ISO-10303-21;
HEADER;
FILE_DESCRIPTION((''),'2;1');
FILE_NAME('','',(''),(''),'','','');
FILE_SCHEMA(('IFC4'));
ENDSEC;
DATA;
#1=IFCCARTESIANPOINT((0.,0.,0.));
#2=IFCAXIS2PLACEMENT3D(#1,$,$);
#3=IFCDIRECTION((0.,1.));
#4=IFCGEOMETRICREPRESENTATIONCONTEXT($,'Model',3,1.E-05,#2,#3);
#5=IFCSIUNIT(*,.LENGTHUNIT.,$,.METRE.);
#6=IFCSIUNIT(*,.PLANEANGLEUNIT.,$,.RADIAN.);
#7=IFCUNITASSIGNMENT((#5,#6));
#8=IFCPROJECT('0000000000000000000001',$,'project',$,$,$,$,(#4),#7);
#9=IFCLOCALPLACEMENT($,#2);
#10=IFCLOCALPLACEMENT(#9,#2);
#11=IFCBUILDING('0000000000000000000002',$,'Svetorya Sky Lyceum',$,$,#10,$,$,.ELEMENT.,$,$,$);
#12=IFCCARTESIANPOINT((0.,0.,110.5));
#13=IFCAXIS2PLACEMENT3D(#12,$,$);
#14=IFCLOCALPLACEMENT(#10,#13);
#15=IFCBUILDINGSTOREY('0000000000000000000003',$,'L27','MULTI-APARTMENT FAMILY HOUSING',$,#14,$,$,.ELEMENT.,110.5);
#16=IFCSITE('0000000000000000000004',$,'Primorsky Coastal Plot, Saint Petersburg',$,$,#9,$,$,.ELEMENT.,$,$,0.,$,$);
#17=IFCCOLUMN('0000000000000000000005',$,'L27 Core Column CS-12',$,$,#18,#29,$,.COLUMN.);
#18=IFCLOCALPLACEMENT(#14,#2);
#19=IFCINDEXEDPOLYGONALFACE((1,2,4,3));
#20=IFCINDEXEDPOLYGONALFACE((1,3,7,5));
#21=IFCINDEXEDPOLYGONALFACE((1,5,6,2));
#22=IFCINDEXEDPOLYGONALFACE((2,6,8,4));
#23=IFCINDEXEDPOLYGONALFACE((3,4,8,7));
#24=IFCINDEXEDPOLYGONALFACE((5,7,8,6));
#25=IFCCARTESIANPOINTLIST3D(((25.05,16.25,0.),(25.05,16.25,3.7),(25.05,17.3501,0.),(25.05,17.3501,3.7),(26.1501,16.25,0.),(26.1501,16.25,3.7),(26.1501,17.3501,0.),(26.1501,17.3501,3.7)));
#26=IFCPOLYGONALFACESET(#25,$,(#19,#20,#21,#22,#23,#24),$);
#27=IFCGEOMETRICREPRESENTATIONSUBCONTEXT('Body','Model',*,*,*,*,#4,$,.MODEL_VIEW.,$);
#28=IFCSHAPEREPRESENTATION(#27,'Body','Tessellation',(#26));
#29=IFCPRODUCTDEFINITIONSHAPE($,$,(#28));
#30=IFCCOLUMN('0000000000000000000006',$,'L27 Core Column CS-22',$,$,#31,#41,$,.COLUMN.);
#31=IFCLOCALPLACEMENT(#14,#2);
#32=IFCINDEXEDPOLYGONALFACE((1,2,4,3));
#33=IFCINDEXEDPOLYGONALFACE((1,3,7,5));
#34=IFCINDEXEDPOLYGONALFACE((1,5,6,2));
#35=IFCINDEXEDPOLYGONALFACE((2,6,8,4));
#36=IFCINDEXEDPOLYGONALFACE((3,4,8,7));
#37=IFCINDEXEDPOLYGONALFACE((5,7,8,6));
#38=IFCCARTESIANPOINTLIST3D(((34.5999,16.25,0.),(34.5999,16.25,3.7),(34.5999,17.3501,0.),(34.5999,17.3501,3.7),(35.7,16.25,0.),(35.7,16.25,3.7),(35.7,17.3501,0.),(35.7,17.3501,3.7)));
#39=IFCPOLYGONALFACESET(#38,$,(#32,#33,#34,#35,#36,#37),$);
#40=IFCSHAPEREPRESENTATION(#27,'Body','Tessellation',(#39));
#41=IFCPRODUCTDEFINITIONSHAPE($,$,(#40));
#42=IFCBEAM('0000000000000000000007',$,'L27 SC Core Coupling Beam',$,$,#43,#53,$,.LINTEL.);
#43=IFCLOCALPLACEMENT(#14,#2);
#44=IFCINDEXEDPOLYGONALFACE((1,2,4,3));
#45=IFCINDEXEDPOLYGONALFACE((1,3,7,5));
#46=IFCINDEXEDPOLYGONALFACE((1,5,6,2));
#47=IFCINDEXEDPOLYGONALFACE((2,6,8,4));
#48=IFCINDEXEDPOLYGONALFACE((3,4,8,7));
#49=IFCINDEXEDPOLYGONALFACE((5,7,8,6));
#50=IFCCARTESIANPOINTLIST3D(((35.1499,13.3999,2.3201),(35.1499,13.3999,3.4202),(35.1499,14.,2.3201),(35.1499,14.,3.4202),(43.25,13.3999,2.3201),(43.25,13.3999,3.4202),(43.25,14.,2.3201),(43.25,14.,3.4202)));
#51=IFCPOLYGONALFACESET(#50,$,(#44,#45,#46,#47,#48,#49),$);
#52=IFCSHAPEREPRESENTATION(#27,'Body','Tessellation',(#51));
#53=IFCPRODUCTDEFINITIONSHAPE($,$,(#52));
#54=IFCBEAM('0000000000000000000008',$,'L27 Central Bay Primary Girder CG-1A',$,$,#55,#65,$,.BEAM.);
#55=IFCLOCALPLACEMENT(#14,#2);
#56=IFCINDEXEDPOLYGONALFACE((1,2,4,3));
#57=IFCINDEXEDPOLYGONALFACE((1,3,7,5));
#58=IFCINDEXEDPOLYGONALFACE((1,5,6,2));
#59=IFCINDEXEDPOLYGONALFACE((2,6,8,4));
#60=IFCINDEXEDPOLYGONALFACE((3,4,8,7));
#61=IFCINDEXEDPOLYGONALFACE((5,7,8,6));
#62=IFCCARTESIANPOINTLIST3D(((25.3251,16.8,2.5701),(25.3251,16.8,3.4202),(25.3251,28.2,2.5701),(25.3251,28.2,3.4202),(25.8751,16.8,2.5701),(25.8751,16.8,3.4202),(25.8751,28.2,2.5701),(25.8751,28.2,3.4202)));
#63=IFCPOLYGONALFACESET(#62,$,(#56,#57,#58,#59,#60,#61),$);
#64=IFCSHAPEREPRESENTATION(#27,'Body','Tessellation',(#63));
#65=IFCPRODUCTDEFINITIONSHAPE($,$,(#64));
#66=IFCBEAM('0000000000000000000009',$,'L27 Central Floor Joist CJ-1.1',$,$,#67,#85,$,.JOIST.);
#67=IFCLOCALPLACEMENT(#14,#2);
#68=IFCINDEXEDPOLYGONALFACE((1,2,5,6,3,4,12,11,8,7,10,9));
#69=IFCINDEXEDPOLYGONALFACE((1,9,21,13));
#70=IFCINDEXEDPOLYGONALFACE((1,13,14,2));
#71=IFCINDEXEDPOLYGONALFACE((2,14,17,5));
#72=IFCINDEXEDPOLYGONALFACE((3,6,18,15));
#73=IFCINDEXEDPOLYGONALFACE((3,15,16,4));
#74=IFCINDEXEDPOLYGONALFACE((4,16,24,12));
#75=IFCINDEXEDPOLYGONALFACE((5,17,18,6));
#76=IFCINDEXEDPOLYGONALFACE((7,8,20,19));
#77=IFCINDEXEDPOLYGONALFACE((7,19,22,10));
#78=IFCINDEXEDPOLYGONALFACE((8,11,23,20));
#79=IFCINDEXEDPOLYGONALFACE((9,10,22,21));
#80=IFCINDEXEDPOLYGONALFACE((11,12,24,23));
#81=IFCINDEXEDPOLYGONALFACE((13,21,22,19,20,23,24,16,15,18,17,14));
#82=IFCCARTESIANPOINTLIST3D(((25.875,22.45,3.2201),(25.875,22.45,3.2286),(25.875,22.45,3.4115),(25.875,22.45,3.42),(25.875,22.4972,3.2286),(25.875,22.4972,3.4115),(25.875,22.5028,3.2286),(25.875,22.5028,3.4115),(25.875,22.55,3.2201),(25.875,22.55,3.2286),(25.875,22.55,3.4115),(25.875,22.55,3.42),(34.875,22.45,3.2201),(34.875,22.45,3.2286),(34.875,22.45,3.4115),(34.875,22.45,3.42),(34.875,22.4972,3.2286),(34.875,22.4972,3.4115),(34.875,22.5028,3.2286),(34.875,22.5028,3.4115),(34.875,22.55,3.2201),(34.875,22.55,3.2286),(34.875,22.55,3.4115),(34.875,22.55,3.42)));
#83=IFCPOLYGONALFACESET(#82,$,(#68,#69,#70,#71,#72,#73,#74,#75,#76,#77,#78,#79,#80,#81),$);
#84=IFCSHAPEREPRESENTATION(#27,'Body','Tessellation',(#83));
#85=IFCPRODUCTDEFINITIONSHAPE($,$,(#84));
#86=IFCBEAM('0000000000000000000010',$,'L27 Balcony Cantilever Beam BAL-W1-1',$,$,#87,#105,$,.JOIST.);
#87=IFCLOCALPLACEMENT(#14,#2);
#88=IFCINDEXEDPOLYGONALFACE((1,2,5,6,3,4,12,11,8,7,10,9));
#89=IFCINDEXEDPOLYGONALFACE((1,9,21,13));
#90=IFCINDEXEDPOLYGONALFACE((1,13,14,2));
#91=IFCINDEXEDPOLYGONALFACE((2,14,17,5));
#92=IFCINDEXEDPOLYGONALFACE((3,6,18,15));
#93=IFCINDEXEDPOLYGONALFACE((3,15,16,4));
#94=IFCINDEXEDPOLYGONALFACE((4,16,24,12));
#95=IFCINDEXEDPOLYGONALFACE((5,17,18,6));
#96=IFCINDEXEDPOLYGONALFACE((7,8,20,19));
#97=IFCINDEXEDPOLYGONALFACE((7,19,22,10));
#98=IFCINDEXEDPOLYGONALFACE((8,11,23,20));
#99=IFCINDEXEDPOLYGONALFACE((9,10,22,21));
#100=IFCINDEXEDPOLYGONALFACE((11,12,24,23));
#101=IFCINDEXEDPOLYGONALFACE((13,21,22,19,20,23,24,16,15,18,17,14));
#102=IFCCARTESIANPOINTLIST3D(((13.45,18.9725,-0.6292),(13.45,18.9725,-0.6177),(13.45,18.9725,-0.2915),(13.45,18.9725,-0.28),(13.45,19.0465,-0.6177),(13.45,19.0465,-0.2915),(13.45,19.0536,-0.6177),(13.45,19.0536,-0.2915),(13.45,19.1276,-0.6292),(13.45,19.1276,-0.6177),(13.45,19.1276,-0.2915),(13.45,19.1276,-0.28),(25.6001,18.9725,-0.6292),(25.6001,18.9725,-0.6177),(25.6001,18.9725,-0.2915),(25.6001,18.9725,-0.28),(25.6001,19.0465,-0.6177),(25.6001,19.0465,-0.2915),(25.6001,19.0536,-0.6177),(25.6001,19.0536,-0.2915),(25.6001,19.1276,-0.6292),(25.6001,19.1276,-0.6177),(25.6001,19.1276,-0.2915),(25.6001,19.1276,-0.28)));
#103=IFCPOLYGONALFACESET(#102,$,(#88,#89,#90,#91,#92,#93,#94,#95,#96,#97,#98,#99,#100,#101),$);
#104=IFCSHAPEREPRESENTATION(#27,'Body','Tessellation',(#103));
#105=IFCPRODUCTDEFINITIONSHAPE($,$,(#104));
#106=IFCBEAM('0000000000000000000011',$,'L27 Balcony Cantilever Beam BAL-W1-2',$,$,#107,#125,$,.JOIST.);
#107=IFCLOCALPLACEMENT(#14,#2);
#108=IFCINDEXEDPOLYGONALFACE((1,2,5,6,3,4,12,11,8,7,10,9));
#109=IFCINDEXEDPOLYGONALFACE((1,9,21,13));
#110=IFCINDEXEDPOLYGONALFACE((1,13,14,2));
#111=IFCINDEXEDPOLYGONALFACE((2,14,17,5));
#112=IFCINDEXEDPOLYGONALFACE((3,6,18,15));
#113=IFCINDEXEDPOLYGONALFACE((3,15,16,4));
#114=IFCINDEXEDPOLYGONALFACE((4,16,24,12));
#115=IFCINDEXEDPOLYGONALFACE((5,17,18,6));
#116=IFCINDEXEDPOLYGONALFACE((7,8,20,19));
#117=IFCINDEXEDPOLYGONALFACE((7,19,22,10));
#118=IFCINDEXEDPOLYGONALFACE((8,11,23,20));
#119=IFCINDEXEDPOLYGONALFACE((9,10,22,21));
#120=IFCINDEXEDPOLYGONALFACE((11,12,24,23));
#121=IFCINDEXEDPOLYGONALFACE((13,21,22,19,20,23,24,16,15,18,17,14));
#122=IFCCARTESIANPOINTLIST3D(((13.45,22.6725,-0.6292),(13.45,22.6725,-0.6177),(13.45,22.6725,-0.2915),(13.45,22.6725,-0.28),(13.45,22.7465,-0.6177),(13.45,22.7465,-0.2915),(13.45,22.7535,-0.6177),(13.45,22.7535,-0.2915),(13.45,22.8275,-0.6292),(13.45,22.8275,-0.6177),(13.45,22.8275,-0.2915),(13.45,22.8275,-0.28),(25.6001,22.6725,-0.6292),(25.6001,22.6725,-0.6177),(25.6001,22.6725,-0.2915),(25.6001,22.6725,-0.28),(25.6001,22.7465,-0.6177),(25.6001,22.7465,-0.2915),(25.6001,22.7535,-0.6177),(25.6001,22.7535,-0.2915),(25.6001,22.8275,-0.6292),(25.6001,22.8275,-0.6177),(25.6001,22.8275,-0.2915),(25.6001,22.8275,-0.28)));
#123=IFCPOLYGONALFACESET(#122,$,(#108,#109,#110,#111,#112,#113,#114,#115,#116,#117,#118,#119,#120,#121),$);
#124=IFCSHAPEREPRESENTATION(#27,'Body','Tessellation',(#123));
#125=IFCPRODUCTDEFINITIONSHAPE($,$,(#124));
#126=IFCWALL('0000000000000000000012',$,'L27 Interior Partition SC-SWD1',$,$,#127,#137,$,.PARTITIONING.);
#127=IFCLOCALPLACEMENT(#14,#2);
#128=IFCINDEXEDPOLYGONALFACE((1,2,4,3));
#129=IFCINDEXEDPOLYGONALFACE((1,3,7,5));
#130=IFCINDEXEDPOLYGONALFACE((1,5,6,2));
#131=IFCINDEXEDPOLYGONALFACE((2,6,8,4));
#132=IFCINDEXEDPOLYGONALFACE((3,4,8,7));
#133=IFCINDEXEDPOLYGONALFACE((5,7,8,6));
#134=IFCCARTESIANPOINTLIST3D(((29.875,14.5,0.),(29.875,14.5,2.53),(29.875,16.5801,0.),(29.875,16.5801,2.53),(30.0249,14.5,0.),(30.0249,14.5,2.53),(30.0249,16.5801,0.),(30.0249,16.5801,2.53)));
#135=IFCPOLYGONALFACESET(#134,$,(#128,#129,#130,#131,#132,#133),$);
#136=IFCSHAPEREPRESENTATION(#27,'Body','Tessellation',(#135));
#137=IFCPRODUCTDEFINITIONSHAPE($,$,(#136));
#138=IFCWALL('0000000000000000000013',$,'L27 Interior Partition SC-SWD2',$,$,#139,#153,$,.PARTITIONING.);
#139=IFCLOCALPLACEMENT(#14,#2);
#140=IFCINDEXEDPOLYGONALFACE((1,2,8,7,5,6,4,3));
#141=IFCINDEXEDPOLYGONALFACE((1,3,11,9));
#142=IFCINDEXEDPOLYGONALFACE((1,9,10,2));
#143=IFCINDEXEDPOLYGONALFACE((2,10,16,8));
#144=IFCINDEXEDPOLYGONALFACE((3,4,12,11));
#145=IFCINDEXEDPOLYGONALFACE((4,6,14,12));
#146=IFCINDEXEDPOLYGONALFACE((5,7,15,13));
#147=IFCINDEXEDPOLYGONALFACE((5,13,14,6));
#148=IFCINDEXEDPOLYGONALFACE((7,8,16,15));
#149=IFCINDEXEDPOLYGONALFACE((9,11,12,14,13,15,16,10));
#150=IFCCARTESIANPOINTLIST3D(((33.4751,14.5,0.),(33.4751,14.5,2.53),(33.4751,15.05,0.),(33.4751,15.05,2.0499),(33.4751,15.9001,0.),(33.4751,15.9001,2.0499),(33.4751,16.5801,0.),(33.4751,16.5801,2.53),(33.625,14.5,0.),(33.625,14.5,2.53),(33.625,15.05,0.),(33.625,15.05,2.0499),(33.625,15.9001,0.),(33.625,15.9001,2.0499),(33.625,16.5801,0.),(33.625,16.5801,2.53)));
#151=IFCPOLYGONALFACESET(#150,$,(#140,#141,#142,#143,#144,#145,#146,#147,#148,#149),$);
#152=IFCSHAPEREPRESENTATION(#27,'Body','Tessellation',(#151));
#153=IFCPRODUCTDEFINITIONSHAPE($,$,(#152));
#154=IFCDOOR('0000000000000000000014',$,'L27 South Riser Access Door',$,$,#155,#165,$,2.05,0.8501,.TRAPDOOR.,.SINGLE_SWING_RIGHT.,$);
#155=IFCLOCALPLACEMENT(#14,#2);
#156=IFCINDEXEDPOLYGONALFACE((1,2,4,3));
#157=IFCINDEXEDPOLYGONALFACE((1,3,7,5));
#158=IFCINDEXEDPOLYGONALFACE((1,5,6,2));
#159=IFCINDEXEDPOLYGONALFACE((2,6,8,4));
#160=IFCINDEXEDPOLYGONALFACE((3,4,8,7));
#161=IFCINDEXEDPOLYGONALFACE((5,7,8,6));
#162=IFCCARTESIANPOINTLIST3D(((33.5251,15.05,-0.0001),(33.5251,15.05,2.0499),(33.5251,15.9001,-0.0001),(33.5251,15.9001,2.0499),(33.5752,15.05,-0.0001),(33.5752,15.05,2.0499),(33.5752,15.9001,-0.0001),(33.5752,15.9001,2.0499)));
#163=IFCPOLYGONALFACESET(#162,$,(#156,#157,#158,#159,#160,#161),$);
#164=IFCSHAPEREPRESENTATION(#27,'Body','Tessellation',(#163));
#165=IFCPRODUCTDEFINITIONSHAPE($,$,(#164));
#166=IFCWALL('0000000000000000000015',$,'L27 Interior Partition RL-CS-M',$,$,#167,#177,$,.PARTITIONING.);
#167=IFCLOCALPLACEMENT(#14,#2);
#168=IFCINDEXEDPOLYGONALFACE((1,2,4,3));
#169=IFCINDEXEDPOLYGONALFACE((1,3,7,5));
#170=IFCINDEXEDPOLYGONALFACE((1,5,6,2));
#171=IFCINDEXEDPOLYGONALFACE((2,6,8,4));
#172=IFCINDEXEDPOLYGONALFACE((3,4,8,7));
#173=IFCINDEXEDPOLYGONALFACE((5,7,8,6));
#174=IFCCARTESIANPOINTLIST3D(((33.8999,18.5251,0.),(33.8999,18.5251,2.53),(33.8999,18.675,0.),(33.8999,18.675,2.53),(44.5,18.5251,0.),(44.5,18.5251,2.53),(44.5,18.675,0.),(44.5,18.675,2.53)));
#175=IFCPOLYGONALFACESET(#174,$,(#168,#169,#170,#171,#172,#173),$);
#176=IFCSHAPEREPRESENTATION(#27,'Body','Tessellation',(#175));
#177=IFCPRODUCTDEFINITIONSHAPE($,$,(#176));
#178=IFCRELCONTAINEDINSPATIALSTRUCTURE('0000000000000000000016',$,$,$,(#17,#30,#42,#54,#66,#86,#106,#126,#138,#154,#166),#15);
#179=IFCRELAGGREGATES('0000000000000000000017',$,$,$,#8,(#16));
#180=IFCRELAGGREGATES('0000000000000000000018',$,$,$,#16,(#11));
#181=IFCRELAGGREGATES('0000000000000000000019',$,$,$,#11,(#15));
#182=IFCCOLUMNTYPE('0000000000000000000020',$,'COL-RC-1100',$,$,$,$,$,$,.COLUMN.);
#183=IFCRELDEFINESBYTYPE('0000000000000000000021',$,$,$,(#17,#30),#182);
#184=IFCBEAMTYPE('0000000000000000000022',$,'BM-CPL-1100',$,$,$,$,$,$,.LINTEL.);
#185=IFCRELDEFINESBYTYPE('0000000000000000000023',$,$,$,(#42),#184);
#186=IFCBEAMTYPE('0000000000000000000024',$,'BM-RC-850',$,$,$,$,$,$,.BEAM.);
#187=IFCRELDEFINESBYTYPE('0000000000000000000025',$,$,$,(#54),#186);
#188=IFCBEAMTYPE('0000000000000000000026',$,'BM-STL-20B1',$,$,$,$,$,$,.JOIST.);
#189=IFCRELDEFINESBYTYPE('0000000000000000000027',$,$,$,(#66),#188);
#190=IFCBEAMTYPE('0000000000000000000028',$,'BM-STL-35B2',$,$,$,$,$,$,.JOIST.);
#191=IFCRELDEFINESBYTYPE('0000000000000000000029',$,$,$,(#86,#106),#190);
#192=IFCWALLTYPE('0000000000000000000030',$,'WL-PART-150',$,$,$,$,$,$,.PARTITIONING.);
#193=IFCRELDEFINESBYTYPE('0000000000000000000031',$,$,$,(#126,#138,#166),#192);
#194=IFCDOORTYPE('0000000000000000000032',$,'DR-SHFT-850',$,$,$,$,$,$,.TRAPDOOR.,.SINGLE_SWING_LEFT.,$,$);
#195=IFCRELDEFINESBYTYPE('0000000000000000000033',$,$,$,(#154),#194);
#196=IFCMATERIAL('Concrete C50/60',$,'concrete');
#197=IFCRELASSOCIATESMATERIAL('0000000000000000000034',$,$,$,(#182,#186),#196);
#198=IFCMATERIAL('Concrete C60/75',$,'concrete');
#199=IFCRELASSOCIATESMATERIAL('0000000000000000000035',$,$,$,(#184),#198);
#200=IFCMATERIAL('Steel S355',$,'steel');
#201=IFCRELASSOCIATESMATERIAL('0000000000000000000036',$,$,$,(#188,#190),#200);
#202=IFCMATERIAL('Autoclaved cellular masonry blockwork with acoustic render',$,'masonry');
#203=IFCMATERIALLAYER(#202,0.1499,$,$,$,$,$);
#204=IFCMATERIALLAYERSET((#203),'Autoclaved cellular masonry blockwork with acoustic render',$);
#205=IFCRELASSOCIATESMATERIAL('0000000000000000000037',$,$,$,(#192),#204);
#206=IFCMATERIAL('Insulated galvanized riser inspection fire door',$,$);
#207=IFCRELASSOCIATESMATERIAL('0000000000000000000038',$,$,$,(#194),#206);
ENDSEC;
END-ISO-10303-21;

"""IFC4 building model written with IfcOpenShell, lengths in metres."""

from ifc_helpers import new_model, si_unit, direction, frame, frame_2d, origin, origin_2d, place, context, subcontext, project, spatial, rectangle, i_section, extrude, material, layer, layer_set, material_profile, profile_set, type_object, element, fill, save


model = new_model("IFC4")

# Units and contexts
model_context = context("Model", 3, precision=1e-05, world=origin(), true_north=direction((0.0, 1.0)))
body_context = subcontext(model_context, "Body", "Model", "MODEL_VIEW")
ifc_project = project(units=[si_unit("LENGTHUNIT", "METRE"), si_unit("PLANEANGLEUNIT", "RADIAN")], contexts=[model_context])

# Site, building, storey
site_placement = place(None, origin())
site = spatial("IfcSite", under=ifc_project, at=site_placement, Name="Primorsky Coastal Plot, Saint Petersburg", CompositionType="ELEMENT", RefElevation=0.0)
building_placement = place(site_placement, origin())
building = spatial("IfcBuilding", under=site, at=building_placement, Name="Svetorya Sky Lyceum", CompositionType="ELEMENT")
storey_placement = place(building_placement, frame((0.0, 0.0, 110.5)))
storey = spatial("IfcBuildingStorey", under=building, at=storey_placement, Name="L27", Description="MULTI-APARTMENT FAMILY HOUSING", CompositionType="ELEMENT", Elevation=110.5)

# Columns
ifc_material_1 = material(Name="Concrete C50/60", Category="concrete")
ifc_material_profile_1 = material_profile(ifc_material_1, rectangle(XDim=1.1001, YDim=1.1001, at=origin_2d()), Name="RC COL 1100x1100")
ifc_profile_set_1 = profile_set([ifc_material_profile_1], Name="Concrete C50/60")
column_type = type_object("IfcColumnType", Name="COL-RC-1100", PredefinedType="COLUMN", material=ifc_profile_set_1)
for number, where, z_axis, x_axis, name in (
    (1, (25.6001, 16.8, 0.0), (0.0, 0.0, 1.0), (1.0, 0.0, 0.0), "L27 Core Column CS-12"),
    (2, (35.1499, 16.8, 0.0), (0.0, 0.0, 1.0), (1.0, 0.0, 0.0), "L27 Core Column CS-22"),
):
    element("IfcColumn", number, at=place(storey_placement, frame(where, z_axis=z_axis, x_axis=x_axis)), inside=storey, type_object=column_type, Name=name, PredefinedType="COLUMN", context=body_context, shape_type="SweptSolid", body=[
        extrude(rectangle(XDim=1.1001, YDim=1.1001, at=origin_2d()), origin(), (0.0, 0.0, 1.0), 3.7),
    ])

# Beams
ifc_material_2 = material(Name="Concrete C60/75", Category="concrete")
ifc_material_profile_2 = material_profile(ifc_material_2, rectangle(XDim=0.6001, YDim=1.1001, at=origin_2d()), Name="RC COUPLING 600x1100")
ifc_profile_set_2 = profile_set([ifc_material_profile_2], Name="Concrete C60/75")
beam_type_1 = type_object("IfcBeamType", Name="BM-CPL-1100", PredefinedType="LINTEL", material=ifc_profile_set_2)
beam_1_placement = place(storey_placement, frame((35.1499, 13.7, 2.8701), z_axis=(1.0, 0.0, 0.0), x_axis=(0.0, 1.0, 0.0)))
element("IfcBeam", 3, at=beam_1_placement, inside=storey, type_object=beam_type_1, Name="L27 SC Core Coupling Beam", PredefinedType="LINTEL", context=body_context, shape_type="SweptSolid", body=[
    extrude(rectangle(XDim=0.6001, YDim=1.1001, at=origin_2d()), origin(), (0.0, 0.0, 1.0), 8.1001),
])
ifc_material_profile_3 = material_profile(ifc_material_1, rectangle(XDim=0.55, YDim=0.8501, at=origin_2d()), Name="RC BEAM 550x850")
ifc_profile_set_3 = profile_set([ifc_material_profile_3], Name="Concrete C50/60")
beam_type_2 = type_object("IfcBeamType", Name="BM-RC-850", PredefinedType="BEAM", material=ifc_profile_set_3)
beam_2_placement = place(storey_placement, frame((25.6001, 16.8, 2.9951), z_axis=(0.0, 1.0, 0.0), x_axis=(-1.0, 0.0, 0.0)))
element("IfcBeam", 4, at=beam_2_placement, inside=storey, type_object=beam_type_2, Name="L27 Central Bay Primary Girder CG-1A", PredefinedType="BEAM", context=body_context, shape_type="SweptSolid", body=[
    extrude(rectangle(XDim=0.55, YDim=0.8501, at=origin_2d()), origin(), (0.0, 0.0, 1.0), 11.3999),
])
ifc_material_3 = material(Name="Steel S355", Category="steel")
ifc_material_profile_4 = material_profile(ifc_material_3, i_section(OverallWidth=0.1001, OverallDepth=0.2, WebThickness=0.0056, FlangeThickness=0.0085, at=origin_2d()), Name="GOST 20B1")
ifc_profile_set_4 = profile_set([ifc_material_profile_4], Name="Steel S355")
beam_type_3 = type_object("IfcBeamType", Name="BM-STL-20B1", PredefinedType="JOIST", material=ifc_profile_set_4)
beam_3_placement = place(storey_placement, frame((25.875, 22.5, 3.3201), z_axis=(1.0, 0.0, 0.0), x_axis=(0.0, 1.0, 0.0)))
element("IfcBeam", 5, at=beam_3_placement, inside=storey, type_object=beam_type_3, Name="L27 Central Floor Joist CJ-1.1", PredefinedType="JOIST", context=body_context, shape_type="SweptSolid", body=[
    extrude(i_section(OverallWidth=0.1001, OverallDepth=0.2, WebThickness=0.0056, FlangeThickness=0.0085, at=origin_2d()), origin(), (0.0, 0.0, 1.0), 9.0),
])
ifc_material_profile_5 = material_profile(ifc_material_3, i_section(OverallWidth=0.155, OverallDepth=0.3491, WebThickness=0.0071, FlangeThickness=0.0115, at=origin_2d()), Name="GOST 35B2")
ifc_profile_set_5 = profile_set([ifc_material_profile_5], Name="Steel S355")
beam_type_4 = type_object("IfcBeamType", Name="BM-STL-35B2", PredefinedType="JOIST", material=ifc_profile_set_5)
for number, where, z_axis, x_axis, name in (
    (6, (25.6001, 19.05, -0.4546), (-1.0, 0.0, 0.0), (0.0, -1.0, 0.0), "L27 Balcony Cantilever Beam BAL-W1-1"),
    (7, (25.6001, 22.75, -0.4546), (-1.0, 0.0, 0.0), (0.0, -1.0, 0.0), "L27 Balcony Cantilever Beam BAL-W1-2"),
):
    element("IfcBeam", number, at=place(storey_placement, frame(where, z_axis=z_axis, x_axis=x_axis)), inside=storey, type_object=beam_type_4, Name=name, PredefinedType="JOIST", context=body_context, shape_type="SweptSolid", body=[
        extrude(i_section(OverallWidth=0.155, OverallDepth=0.3491, WebThickness=0.0071, FlangeThickness=0.0115, at=origin_2d()), origin(), (0.0, 0.0, 1.0), 12.1501),
    ])

# Wall
ifc_material_4 = material(Name="Autoclaved cellular masonry blockwork with acoustic render", Category="masonry")
ifc_layer_1 = layer(ifc_material_4, 0.1499)
ifc_layer_set_1 = layer_set([ifc_layer_1], Name="Autoclaved cellular masonry blockwork with acoustic render")
wall_type_1 = type_object("IfcWallType", Name="WL-PART-150", PredefinedType="PARTITIONING", material=ifc_layer_set_1)
wall_1_placement = place(storey_placement, frame((29.95, 14.5, 0.0), z_axis=(0.0, 0.0, 1.0), x_axis=(0.0, 1.0, 0.0)))
element("IfcWall", 8, at=wall_1_placement, inside=storey, type_object=wall_type_1, Name="L27 Interior Partition SC-SWD1", PredefinedType="PARTITIONING", context=body_context, shape_type="SweptSolid", body=[
    extrude(rectangle(XDim=2.0801, YDim=0.1499, at=frame_2d((1.04, 0.0))), origin(), (0.0, 0.0, 1.0), 2.53),
])

# Wall, opening, door
wall_2_placement = place(storey_placement, frame((33.55, 14.5, 0.0), z_axis=(0.0, 0.0, 1.0), x_axis=(0.0, 1.0, 0.0)))
wall_2 = element("IfcWall", 9, at=wall_2_placement, inside=storey, type_object=wall_type_1, Name="L27 Interior Partition SC-SWD2", PredefinedType="PARTITIONING", context=body_context, shape_type="SweptSolid", body=[
    extrude(rectangle(XDim=2.0801, YDim=0.1499, at=frame_2d((1.04, 0.0))), origin(), (0.0, 0.0, 1.0), 2.53),
])
opening_1_placement = place(wall_2_placement, frame((0.55, 0.0, 0.0)))
opening_1 = element("IfcOpeningElement", 10, at=opening_1_placement, cuts=wall_2, PredefinedType="OPENING", context=body_context, shape_type="SweptSolid", body=[
    extrude(rectangle(XDim=0.8501, YDim=2.05, at=frame_2d((0.425, 1.0249))), frame((0.0, 0.085, 0.0), z_axis=(0.0, -1.0, 0.0), x_axis=(1.0, 0.0, 0.0)), (0.0, 0.0, 1.0), 0.1699),
])
ifc_material_5 = material(Name="Insulated galvanized riser inspection fire door")
door_type_1 = type_object("IfcDoorType", Name="DR-SHFT-850", OperationType="SINGLE_SWING_LEFT", PredefinedType="TRAPDOOR", material=ifc_material_5)
door_1_placement = place(opening_1_placement, origin())
door_1 = element("IfcDoor", 11, at=door_1_placement, inside=storey, type_object=door_type_1, Name="L27 South Riser Access Door", OperationType="SINGLE_SWING_RIGHT", OverallHeight=2.05, OverallWidth=0.8501, PredefinedType="TRAPDOOR", context=body_context, shape_type="SweptSolid", body=[
    extrude(rectangle(XDim=0.8501, YDim=2.05, at=frame_2d((0.425, 1.0249))), frame((0.0, 0.0249, 0.0), z_axis=(0.0, -1.0, 0.0), x_axis=(1.0, 0.0, 0.0)), (0.0, 0.0, 1.0), 0.05),
])
fill(opening_1, door_1)

# Wall
wall_3_placement = place(storey_placement, frame((33.8999, 18.6001, 0.0), z_axis=(0.0, 0.0, 1.0), x_axis=(1.0, 0.0, 0.0)))
element("IfcWall", 12, at=wall_3_placement, inside=storey, type_object=wall_type_1, Name="L27 Interior Partition RL-CS-M", PredefinedType="PARTITIONING", context=body_context, shape_type="SweptSolid", body=[
    extrude(rectangle(XDim=10.6001, YDim=0.1499, at=frame_2d((5.3, 0.0))), origin(), (0.0, 0.0, 1.0), 2.53),
])

save(model, "model.ifc")
